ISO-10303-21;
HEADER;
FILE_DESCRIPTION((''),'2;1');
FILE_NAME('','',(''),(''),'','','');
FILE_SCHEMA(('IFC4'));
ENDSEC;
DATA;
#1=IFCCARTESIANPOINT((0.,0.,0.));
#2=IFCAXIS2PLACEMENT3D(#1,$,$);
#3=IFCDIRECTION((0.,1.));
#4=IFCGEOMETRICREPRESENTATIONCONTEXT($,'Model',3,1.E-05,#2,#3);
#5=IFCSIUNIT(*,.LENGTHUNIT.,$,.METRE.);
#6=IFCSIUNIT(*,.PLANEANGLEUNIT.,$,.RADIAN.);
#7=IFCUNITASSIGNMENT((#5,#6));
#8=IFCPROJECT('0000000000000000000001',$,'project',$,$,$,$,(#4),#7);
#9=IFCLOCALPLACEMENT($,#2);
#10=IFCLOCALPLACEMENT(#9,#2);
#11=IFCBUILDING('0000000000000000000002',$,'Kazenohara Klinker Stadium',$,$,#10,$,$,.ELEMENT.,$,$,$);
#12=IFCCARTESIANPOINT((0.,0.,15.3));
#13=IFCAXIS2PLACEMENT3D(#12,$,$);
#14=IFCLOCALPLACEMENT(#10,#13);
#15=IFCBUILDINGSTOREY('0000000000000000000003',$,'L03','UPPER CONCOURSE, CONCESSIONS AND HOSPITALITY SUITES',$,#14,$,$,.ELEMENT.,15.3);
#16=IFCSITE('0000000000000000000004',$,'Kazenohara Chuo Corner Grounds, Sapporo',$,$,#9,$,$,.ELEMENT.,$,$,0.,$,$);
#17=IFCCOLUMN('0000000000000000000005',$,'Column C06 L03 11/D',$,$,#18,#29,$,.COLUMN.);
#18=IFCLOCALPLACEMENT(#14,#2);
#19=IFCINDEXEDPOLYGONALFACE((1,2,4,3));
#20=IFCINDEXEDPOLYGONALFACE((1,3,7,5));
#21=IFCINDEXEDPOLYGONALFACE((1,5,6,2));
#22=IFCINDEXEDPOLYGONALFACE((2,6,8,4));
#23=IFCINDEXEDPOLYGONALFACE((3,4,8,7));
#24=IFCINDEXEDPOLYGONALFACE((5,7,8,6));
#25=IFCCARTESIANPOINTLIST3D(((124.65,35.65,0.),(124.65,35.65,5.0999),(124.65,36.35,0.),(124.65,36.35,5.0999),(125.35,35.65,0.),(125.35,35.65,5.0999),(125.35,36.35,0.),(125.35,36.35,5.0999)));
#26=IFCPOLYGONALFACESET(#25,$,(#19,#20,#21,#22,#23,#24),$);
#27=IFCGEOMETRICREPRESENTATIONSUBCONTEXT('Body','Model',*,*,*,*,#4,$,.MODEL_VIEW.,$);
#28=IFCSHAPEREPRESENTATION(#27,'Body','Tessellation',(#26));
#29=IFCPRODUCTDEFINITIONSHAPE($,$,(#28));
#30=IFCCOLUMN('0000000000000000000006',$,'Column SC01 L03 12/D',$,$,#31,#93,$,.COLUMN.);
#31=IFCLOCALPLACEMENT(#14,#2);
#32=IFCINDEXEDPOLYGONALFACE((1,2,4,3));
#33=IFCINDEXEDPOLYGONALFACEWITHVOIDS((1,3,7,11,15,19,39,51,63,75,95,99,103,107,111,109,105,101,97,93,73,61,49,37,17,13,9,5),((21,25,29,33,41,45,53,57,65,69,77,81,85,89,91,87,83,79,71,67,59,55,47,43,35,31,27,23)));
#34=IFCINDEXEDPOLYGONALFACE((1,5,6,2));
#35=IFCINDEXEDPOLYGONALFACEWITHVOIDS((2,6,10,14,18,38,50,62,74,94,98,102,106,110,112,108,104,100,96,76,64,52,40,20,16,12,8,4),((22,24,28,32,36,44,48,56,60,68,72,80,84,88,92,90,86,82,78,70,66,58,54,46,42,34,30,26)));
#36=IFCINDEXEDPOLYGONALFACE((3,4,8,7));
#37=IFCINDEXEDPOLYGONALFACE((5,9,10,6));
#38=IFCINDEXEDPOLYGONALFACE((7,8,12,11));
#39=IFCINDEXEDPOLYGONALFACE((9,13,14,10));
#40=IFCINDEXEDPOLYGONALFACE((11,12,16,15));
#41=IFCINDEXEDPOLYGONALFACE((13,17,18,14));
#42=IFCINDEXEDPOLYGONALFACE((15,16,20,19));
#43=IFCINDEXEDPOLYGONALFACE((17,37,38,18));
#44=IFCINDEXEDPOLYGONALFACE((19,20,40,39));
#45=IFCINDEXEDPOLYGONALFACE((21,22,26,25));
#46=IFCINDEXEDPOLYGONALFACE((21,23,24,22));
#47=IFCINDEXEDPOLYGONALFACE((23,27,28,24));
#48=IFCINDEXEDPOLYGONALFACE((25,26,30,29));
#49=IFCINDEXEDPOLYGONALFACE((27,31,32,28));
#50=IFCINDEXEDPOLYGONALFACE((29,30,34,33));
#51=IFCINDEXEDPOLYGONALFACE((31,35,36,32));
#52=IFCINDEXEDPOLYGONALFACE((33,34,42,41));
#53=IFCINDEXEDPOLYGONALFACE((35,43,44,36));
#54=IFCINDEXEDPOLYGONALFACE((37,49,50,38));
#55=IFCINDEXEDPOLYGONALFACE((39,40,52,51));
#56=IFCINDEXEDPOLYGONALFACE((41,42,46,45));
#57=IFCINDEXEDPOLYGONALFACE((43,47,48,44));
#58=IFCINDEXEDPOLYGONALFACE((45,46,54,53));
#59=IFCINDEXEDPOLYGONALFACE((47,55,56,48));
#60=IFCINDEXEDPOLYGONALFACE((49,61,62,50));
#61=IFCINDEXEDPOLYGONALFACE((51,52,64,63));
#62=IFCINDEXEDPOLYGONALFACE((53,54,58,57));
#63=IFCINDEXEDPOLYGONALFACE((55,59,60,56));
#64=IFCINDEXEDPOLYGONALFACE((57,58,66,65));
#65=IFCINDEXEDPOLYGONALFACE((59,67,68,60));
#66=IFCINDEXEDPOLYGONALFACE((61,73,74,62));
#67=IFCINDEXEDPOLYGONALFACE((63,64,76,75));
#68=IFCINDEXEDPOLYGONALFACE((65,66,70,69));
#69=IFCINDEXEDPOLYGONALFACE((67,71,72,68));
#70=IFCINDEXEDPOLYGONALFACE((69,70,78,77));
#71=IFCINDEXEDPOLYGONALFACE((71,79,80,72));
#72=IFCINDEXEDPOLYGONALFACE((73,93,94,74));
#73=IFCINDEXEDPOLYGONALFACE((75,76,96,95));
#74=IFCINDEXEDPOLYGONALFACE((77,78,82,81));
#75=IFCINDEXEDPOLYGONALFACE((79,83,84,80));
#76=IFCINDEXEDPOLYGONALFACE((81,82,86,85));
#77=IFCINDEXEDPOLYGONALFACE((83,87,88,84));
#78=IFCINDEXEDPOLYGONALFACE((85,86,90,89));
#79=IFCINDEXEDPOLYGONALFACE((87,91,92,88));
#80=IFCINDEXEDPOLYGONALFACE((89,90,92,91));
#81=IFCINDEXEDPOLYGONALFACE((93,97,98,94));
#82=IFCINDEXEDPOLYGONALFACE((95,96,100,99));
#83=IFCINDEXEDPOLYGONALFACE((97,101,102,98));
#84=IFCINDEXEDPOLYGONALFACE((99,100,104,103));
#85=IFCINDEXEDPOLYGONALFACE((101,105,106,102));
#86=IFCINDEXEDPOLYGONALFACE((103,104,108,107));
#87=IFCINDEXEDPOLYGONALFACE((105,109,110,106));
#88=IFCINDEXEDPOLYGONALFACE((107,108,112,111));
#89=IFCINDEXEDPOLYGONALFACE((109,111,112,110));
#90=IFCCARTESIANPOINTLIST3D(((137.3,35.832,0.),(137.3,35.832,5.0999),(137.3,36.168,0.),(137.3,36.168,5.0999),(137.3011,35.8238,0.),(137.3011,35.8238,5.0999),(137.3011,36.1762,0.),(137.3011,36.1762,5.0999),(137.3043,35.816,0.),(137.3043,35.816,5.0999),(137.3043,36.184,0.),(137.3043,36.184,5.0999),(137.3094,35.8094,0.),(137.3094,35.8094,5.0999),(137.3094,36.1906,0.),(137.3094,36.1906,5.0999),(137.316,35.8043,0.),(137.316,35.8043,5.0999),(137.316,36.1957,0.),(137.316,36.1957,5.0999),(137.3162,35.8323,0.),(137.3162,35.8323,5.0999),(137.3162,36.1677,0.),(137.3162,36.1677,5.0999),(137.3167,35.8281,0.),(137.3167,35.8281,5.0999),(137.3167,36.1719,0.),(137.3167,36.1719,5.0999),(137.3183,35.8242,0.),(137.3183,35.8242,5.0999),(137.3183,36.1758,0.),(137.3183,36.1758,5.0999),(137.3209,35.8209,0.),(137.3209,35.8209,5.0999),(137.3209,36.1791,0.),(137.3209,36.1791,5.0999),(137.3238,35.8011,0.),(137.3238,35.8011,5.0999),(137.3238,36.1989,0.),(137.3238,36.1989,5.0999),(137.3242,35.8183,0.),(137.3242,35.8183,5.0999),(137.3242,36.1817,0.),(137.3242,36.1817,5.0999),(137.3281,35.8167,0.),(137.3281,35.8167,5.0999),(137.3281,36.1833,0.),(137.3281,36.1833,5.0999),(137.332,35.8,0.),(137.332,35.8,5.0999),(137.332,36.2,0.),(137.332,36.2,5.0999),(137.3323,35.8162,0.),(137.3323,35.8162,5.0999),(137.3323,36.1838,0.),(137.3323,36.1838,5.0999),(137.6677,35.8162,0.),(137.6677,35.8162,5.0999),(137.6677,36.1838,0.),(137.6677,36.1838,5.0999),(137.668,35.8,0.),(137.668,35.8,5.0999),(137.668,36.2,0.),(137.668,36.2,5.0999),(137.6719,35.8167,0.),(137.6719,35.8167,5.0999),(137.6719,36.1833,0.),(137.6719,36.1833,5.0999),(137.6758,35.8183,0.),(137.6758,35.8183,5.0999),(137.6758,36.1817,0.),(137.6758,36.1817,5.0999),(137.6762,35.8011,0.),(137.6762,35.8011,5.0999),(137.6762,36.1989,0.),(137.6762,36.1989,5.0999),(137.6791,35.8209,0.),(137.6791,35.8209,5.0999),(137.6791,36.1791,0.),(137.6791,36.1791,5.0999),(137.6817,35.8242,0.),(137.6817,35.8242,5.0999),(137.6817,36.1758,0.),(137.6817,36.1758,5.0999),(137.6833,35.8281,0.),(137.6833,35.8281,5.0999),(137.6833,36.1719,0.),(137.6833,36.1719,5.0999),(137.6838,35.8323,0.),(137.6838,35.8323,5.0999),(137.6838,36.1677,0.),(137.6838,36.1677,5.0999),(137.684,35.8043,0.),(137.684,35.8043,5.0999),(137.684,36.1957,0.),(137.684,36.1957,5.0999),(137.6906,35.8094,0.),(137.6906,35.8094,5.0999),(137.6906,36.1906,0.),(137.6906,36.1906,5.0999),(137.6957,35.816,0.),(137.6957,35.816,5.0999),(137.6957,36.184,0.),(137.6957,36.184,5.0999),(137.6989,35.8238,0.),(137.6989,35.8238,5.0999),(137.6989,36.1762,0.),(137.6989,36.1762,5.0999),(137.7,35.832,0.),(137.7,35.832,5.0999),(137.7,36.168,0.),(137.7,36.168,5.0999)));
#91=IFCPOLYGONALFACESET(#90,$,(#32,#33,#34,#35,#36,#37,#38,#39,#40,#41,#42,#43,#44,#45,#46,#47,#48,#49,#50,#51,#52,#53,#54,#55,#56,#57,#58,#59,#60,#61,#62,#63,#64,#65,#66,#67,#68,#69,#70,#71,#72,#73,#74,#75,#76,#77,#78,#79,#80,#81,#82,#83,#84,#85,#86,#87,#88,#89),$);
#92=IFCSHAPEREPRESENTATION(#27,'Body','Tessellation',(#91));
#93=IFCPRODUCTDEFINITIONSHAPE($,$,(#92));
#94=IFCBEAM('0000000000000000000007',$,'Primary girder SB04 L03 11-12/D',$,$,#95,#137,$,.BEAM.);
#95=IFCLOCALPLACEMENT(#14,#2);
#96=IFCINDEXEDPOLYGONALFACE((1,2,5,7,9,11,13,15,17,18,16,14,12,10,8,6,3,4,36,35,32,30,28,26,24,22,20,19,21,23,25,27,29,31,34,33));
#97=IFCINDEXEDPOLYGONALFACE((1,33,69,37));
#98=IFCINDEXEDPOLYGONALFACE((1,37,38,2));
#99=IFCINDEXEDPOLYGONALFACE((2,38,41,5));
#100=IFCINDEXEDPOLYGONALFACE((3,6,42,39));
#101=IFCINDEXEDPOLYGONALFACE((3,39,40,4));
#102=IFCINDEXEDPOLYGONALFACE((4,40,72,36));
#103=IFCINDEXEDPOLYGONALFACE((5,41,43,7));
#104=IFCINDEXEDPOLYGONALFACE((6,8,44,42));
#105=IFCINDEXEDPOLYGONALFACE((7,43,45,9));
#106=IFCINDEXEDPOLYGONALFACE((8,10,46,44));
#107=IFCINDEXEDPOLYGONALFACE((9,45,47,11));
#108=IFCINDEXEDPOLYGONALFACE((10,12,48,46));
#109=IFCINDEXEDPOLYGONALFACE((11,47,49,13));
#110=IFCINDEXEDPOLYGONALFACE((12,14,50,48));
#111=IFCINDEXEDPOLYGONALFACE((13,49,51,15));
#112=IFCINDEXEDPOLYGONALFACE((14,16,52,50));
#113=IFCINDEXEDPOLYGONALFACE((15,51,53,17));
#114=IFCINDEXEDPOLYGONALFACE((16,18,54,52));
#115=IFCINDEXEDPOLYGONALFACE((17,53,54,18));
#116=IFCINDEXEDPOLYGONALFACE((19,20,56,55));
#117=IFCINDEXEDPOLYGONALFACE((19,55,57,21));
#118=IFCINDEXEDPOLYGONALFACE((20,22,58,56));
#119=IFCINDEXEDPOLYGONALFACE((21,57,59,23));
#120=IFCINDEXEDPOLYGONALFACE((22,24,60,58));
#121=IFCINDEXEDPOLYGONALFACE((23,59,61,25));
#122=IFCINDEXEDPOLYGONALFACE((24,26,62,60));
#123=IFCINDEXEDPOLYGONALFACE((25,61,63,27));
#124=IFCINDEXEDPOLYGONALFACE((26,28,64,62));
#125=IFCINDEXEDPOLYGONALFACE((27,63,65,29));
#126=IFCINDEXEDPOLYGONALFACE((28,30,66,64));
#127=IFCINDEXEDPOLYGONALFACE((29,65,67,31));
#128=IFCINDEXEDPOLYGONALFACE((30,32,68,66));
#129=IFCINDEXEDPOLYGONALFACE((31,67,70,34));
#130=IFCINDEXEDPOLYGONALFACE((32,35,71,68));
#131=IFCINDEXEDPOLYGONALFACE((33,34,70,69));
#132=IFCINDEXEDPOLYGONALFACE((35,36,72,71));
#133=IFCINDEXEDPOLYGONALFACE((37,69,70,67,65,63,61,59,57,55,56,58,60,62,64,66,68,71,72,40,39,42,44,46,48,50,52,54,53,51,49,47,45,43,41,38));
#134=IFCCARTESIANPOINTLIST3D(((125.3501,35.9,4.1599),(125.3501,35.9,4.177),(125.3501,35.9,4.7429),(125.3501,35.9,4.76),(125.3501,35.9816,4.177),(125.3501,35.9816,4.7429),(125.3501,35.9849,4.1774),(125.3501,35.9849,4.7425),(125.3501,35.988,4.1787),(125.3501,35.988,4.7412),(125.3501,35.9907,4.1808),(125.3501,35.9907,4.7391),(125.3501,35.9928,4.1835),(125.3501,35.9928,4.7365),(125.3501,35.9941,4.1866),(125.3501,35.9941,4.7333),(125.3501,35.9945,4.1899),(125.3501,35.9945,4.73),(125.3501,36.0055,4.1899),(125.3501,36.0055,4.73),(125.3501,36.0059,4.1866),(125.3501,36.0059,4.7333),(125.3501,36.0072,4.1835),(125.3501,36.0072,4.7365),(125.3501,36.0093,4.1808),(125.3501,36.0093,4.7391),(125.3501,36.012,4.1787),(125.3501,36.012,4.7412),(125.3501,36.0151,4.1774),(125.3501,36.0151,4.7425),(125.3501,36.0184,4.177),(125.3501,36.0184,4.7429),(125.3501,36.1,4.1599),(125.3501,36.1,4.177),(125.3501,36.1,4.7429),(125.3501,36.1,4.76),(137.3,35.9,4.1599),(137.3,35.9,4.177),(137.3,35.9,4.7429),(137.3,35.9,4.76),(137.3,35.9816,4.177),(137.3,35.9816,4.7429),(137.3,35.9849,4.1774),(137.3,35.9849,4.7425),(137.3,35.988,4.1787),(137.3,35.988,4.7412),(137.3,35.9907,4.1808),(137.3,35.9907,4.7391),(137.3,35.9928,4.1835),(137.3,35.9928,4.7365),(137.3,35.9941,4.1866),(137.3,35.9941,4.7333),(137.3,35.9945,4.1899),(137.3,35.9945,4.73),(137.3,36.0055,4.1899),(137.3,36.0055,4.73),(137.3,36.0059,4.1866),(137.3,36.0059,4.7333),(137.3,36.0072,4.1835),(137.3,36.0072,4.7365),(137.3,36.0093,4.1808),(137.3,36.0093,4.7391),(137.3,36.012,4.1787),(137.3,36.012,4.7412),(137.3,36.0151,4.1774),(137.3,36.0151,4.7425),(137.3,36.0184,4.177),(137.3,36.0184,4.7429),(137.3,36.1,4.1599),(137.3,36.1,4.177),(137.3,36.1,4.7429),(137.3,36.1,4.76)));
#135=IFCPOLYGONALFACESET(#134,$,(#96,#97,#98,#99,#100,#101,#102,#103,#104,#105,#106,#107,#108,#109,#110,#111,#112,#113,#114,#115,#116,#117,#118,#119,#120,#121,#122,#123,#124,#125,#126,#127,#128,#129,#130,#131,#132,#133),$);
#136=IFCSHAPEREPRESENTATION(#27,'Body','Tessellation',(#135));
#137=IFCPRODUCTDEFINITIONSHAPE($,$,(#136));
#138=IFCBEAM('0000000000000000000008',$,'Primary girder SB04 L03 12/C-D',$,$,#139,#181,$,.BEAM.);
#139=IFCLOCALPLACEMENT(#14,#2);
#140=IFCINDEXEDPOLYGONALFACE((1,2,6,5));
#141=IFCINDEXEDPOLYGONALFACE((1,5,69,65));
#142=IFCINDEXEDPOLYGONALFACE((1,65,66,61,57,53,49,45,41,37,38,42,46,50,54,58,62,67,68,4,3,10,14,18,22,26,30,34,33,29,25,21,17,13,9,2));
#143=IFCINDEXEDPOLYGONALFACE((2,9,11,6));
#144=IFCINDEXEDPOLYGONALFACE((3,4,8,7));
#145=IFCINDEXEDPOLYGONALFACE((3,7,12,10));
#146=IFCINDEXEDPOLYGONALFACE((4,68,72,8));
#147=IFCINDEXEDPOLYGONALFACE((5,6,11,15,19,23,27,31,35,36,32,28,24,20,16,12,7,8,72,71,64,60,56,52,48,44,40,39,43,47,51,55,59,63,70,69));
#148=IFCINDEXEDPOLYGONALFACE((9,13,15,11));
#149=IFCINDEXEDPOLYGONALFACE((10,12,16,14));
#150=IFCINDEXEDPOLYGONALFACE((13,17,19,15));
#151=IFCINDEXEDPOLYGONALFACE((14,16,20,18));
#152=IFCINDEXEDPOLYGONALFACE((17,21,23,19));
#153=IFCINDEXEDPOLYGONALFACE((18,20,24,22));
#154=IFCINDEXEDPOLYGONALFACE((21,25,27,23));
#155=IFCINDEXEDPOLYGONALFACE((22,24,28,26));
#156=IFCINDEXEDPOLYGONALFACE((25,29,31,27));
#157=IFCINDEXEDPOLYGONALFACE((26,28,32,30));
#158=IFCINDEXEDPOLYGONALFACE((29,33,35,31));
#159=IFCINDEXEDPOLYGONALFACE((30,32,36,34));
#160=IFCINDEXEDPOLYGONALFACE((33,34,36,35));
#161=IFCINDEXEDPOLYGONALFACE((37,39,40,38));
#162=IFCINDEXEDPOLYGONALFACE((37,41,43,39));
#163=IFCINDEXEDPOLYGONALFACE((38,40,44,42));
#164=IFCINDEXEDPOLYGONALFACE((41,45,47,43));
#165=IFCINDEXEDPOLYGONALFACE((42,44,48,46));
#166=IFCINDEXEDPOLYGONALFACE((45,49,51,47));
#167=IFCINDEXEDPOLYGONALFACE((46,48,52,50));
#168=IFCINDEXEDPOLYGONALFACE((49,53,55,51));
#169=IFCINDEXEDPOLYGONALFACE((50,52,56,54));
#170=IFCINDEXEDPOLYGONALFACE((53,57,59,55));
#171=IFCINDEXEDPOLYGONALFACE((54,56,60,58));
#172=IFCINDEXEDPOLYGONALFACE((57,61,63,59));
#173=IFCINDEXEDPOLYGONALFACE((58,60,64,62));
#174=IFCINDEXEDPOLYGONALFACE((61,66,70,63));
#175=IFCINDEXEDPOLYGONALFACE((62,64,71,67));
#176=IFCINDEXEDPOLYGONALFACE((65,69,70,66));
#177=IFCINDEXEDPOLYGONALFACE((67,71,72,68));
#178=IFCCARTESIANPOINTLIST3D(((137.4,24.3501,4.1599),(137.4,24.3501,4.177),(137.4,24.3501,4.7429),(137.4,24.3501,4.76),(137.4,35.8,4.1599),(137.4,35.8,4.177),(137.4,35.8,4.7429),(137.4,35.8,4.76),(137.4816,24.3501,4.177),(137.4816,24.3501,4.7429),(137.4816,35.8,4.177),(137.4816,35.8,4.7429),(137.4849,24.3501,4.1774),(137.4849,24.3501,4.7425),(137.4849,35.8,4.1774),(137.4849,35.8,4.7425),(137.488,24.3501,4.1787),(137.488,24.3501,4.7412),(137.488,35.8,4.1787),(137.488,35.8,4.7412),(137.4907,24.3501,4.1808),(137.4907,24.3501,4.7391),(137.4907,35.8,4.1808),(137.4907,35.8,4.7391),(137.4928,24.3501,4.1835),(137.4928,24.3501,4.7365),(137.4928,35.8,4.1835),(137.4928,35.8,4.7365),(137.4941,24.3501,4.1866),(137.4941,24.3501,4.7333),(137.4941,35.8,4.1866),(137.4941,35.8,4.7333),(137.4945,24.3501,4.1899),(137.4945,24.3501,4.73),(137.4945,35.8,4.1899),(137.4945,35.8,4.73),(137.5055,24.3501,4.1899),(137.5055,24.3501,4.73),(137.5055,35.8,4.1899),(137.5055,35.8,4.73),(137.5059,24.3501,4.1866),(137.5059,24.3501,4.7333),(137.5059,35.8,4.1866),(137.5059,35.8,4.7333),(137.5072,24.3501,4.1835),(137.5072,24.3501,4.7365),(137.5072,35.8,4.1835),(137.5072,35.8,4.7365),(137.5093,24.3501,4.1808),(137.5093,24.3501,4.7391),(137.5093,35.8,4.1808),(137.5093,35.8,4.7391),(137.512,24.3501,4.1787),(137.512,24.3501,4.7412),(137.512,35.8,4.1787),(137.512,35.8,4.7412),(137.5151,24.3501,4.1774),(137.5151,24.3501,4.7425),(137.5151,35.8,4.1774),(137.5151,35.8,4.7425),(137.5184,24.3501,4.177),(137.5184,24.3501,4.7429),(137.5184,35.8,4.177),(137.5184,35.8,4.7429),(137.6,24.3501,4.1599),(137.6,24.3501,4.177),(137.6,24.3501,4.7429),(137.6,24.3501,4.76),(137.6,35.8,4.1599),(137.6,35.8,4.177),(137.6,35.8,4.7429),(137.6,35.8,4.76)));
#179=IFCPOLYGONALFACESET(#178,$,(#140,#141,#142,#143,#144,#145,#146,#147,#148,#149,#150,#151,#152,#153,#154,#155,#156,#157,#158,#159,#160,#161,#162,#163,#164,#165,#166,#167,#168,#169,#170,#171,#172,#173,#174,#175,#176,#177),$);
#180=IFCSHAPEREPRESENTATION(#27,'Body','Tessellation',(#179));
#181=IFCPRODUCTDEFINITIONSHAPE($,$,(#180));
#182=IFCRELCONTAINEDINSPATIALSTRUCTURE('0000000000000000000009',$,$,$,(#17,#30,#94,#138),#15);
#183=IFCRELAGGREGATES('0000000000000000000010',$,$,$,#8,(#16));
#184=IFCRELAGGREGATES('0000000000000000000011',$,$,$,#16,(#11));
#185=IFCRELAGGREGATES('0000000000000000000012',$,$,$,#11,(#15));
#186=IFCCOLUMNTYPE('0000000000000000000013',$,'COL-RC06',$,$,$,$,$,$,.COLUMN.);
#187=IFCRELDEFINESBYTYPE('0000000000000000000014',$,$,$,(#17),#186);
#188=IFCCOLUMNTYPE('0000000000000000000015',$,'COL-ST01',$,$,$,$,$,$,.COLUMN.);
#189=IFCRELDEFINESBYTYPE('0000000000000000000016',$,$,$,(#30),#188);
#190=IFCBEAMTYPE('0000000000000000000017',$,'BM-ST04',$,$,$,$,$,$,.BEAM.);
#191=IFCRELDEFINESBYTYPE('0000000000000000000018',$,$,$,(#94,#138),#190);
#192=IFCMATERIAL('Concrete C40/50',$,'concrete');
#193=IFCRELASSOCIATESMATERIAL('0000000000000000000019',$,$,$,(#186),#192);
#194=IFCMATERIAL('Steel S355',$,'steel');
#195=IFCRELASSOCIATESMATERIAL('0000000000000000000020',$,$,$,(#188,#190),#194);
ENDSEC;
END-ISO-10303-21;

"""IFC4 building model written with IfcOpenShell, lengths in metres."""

from ifc_helpers import new_model, si_unit, direction, frame, origin, origin_2d, place, context, subcontext, project, spatial, rectangle, hollow_rectangle, i_section, extrude, material, material_profile, profile_set, type_object, element, save


model = new_model("IFC4")

# Units and contexts
model_context = context("Model", 3, precision=1e-05, world=origin(), true_north=direction((0.0, 1.0)))
body_context = subcontext(model_context, "Body", "Model", "MODEL_VIEW")
ifc_project = project(units=[si_unit("LENGTHUNIT", "METRE"), si_unit("PLANEANGLEUNIT", "RADIAN")], contexts=[model_context])

# Site, building, storey
site_placement = place(None, origin())
site = spatial("IfcSite", under=ifc_project, at=site_placement, Name="Kazenohara Chuo Corner Grounds, Sapporo", CompositionType="ELEMENT", RefElevation=0.0)
building_placement = place(site_placement, origin())
building = spatial("IfcBuilding", under=site, at=building_placement, Name="Kazenohara Klinker Stadium", CompositionType="ELEMENT")
storey_placement = place(building_placement, frame((0.0, 0.0, 15.3)))
storey = spatial("IfcBuildingStorey", under=building, at=storey_placement, Name="L03", Description="UPPER CONCOURSE, CONCESSIONS AND HOSPITALITY SUITES", CompositionType="ELEMENT", Elevation=15.3)

# Columns
ifc_material_1 = material(Name="Concrete C40/50", Category="concrete")
ifc_material_profile_1 = material_profile(ifc_material_1, rectangle(XDim=0.7, YDim=0.7, at=origin_2d()), Name="RC-COL-700x700")
ifc_profile_set_1 = profile_set([ifc_material_profile_1], Name="Concrete C40/50")
column_type_1 = type_object("IfcColumnType", Name="COL-RC06", PredefinedType="COLUMN", material=ifc_profile_set_1)
column_1_placement = place(storey_placement, frame((125.0, 36.0, 0.0), z_axis=(0.0, 0.0, 1.0), x_axis=(1.0, 0.0, 0.0)))
element("IfcColumn", 1, at=column_1_placement, inside=storey, type_object=column_type_1, Name="Column C06 L03 11/D", PredefinedType="COLUMN", context=body_context, shape_type="SweptSolid", body=[
    extrude(rectangle(XDim=0.7, YDim=0.7, at=origin_2d()), origin(), (0.0, 0.0, 1.0), 5.0999),
])
ifc_material_2 = material(Name="Steel S355", Category="steel")
ifc_material_profile_2 = material_profile(ifc_material_2, hollow_rectangle(XDim=0.3999, YDim=0.3999, WallThickness=0.0161, InnerFilletRadius=0.0161, OuterFilletRadius=0.032, at=origin_2d()), Name="SHS-400x400x16")
ifc_profile_set_2 = profile_set([ifc_material_profile_2], Name="Steel S355")
column_type_2 = type_object("IfcColumnType", Name="COL-ST01", PredefinedType="COLUMN", material=ifc_profile_set_2)
column_2_placement = place(storey_placement, frame((137.5, 36.0, 0.0), z_axis=(0.0, 0.0, 1.0), x_axis=(1.0, 0.0, 0.0)))
element("IfcColumn", 2, at=column_2_placement, inside=storey, type_object=column_type_2, Name="Column SC01 L03 12/D", PredefinedType="COLUMN", context=body_context, shape_type="SweptSolid", body=[
    extrude(hollow_rectangle(XDim=0.3999, YDim=0.3999, WallThickness=0.0161, InnerFilletRadius=0.0161, OuterFilletRadius=0.032, at=origin_2d()), origin(), (0.0, 0.0, 1.0), 5.0999),
])

# Beams
ifc_material_profile_3 = material_profile(ifc_material_2, i_section(OverallWidth=0.2, OverallDepth=0.6001, WebThickness=0.011, FlangeThickness=0.0171, FilletRadius=0.0129, at=origin_2d()), Name="H-600x200x11x17")
ifc_profile_set_3 = profile_set([ifc_material_profile_3], Name="Steel S355")
beam_type_1 = type_object("IfcBeamType", Name="BM-ST04", PredefinedType="BEAM", material=ifc_profile_set_3)
beam_1_placement = place(storey_placement, frame((125.3501, 36.0, 4.46), z_axis=(1.0, 0.0, 0.0), x_axis=(0.0, 1.0, 0.0)))
element("IfcBeam", 3, at=beam_1_placement, inside=storey, type_object=beam_type_1, Name="Primary girder SB04 L03 11-12/D", PredefinedType="BEAM", context=body_context, shape_type="SweptSolid", body=[
    extrude(i_section(OverallWidth=0.2, OverallDepth=0.6001, WebThickness=0.011, FlangeThickness=0.0171, FilletRadius=0.0129, at=origin_2d()), origin(), (0.0, 0.0, 1.0), 11.95),
])
beam_2_placement = place(storey_placement, frame((137.5, 24.3501, 4.46), z_axis=(0.0, 1.0, 0.0), x_axis=(-1.0, 0.0, 0.0)))
element("IfcBeam", 4, at=beam_2_placement, inside=storey, type_object=beam_type_1, Name="Primary girder SB04 L03 12/C-D", PredefinedType="BEAM", context=body_context, shape_type="SweptSolid", body=[
    extrude(i_section(OverallWidth=0.2, OverallDepth=0.6001, WebThickness=0.011, FlangeThickness=0.0171, FilletRadius=0.0129, at=origin_2d()), origin(), (0.0, 0.0, 1.0), 11.45),
])

save(model, "model.ifc")
